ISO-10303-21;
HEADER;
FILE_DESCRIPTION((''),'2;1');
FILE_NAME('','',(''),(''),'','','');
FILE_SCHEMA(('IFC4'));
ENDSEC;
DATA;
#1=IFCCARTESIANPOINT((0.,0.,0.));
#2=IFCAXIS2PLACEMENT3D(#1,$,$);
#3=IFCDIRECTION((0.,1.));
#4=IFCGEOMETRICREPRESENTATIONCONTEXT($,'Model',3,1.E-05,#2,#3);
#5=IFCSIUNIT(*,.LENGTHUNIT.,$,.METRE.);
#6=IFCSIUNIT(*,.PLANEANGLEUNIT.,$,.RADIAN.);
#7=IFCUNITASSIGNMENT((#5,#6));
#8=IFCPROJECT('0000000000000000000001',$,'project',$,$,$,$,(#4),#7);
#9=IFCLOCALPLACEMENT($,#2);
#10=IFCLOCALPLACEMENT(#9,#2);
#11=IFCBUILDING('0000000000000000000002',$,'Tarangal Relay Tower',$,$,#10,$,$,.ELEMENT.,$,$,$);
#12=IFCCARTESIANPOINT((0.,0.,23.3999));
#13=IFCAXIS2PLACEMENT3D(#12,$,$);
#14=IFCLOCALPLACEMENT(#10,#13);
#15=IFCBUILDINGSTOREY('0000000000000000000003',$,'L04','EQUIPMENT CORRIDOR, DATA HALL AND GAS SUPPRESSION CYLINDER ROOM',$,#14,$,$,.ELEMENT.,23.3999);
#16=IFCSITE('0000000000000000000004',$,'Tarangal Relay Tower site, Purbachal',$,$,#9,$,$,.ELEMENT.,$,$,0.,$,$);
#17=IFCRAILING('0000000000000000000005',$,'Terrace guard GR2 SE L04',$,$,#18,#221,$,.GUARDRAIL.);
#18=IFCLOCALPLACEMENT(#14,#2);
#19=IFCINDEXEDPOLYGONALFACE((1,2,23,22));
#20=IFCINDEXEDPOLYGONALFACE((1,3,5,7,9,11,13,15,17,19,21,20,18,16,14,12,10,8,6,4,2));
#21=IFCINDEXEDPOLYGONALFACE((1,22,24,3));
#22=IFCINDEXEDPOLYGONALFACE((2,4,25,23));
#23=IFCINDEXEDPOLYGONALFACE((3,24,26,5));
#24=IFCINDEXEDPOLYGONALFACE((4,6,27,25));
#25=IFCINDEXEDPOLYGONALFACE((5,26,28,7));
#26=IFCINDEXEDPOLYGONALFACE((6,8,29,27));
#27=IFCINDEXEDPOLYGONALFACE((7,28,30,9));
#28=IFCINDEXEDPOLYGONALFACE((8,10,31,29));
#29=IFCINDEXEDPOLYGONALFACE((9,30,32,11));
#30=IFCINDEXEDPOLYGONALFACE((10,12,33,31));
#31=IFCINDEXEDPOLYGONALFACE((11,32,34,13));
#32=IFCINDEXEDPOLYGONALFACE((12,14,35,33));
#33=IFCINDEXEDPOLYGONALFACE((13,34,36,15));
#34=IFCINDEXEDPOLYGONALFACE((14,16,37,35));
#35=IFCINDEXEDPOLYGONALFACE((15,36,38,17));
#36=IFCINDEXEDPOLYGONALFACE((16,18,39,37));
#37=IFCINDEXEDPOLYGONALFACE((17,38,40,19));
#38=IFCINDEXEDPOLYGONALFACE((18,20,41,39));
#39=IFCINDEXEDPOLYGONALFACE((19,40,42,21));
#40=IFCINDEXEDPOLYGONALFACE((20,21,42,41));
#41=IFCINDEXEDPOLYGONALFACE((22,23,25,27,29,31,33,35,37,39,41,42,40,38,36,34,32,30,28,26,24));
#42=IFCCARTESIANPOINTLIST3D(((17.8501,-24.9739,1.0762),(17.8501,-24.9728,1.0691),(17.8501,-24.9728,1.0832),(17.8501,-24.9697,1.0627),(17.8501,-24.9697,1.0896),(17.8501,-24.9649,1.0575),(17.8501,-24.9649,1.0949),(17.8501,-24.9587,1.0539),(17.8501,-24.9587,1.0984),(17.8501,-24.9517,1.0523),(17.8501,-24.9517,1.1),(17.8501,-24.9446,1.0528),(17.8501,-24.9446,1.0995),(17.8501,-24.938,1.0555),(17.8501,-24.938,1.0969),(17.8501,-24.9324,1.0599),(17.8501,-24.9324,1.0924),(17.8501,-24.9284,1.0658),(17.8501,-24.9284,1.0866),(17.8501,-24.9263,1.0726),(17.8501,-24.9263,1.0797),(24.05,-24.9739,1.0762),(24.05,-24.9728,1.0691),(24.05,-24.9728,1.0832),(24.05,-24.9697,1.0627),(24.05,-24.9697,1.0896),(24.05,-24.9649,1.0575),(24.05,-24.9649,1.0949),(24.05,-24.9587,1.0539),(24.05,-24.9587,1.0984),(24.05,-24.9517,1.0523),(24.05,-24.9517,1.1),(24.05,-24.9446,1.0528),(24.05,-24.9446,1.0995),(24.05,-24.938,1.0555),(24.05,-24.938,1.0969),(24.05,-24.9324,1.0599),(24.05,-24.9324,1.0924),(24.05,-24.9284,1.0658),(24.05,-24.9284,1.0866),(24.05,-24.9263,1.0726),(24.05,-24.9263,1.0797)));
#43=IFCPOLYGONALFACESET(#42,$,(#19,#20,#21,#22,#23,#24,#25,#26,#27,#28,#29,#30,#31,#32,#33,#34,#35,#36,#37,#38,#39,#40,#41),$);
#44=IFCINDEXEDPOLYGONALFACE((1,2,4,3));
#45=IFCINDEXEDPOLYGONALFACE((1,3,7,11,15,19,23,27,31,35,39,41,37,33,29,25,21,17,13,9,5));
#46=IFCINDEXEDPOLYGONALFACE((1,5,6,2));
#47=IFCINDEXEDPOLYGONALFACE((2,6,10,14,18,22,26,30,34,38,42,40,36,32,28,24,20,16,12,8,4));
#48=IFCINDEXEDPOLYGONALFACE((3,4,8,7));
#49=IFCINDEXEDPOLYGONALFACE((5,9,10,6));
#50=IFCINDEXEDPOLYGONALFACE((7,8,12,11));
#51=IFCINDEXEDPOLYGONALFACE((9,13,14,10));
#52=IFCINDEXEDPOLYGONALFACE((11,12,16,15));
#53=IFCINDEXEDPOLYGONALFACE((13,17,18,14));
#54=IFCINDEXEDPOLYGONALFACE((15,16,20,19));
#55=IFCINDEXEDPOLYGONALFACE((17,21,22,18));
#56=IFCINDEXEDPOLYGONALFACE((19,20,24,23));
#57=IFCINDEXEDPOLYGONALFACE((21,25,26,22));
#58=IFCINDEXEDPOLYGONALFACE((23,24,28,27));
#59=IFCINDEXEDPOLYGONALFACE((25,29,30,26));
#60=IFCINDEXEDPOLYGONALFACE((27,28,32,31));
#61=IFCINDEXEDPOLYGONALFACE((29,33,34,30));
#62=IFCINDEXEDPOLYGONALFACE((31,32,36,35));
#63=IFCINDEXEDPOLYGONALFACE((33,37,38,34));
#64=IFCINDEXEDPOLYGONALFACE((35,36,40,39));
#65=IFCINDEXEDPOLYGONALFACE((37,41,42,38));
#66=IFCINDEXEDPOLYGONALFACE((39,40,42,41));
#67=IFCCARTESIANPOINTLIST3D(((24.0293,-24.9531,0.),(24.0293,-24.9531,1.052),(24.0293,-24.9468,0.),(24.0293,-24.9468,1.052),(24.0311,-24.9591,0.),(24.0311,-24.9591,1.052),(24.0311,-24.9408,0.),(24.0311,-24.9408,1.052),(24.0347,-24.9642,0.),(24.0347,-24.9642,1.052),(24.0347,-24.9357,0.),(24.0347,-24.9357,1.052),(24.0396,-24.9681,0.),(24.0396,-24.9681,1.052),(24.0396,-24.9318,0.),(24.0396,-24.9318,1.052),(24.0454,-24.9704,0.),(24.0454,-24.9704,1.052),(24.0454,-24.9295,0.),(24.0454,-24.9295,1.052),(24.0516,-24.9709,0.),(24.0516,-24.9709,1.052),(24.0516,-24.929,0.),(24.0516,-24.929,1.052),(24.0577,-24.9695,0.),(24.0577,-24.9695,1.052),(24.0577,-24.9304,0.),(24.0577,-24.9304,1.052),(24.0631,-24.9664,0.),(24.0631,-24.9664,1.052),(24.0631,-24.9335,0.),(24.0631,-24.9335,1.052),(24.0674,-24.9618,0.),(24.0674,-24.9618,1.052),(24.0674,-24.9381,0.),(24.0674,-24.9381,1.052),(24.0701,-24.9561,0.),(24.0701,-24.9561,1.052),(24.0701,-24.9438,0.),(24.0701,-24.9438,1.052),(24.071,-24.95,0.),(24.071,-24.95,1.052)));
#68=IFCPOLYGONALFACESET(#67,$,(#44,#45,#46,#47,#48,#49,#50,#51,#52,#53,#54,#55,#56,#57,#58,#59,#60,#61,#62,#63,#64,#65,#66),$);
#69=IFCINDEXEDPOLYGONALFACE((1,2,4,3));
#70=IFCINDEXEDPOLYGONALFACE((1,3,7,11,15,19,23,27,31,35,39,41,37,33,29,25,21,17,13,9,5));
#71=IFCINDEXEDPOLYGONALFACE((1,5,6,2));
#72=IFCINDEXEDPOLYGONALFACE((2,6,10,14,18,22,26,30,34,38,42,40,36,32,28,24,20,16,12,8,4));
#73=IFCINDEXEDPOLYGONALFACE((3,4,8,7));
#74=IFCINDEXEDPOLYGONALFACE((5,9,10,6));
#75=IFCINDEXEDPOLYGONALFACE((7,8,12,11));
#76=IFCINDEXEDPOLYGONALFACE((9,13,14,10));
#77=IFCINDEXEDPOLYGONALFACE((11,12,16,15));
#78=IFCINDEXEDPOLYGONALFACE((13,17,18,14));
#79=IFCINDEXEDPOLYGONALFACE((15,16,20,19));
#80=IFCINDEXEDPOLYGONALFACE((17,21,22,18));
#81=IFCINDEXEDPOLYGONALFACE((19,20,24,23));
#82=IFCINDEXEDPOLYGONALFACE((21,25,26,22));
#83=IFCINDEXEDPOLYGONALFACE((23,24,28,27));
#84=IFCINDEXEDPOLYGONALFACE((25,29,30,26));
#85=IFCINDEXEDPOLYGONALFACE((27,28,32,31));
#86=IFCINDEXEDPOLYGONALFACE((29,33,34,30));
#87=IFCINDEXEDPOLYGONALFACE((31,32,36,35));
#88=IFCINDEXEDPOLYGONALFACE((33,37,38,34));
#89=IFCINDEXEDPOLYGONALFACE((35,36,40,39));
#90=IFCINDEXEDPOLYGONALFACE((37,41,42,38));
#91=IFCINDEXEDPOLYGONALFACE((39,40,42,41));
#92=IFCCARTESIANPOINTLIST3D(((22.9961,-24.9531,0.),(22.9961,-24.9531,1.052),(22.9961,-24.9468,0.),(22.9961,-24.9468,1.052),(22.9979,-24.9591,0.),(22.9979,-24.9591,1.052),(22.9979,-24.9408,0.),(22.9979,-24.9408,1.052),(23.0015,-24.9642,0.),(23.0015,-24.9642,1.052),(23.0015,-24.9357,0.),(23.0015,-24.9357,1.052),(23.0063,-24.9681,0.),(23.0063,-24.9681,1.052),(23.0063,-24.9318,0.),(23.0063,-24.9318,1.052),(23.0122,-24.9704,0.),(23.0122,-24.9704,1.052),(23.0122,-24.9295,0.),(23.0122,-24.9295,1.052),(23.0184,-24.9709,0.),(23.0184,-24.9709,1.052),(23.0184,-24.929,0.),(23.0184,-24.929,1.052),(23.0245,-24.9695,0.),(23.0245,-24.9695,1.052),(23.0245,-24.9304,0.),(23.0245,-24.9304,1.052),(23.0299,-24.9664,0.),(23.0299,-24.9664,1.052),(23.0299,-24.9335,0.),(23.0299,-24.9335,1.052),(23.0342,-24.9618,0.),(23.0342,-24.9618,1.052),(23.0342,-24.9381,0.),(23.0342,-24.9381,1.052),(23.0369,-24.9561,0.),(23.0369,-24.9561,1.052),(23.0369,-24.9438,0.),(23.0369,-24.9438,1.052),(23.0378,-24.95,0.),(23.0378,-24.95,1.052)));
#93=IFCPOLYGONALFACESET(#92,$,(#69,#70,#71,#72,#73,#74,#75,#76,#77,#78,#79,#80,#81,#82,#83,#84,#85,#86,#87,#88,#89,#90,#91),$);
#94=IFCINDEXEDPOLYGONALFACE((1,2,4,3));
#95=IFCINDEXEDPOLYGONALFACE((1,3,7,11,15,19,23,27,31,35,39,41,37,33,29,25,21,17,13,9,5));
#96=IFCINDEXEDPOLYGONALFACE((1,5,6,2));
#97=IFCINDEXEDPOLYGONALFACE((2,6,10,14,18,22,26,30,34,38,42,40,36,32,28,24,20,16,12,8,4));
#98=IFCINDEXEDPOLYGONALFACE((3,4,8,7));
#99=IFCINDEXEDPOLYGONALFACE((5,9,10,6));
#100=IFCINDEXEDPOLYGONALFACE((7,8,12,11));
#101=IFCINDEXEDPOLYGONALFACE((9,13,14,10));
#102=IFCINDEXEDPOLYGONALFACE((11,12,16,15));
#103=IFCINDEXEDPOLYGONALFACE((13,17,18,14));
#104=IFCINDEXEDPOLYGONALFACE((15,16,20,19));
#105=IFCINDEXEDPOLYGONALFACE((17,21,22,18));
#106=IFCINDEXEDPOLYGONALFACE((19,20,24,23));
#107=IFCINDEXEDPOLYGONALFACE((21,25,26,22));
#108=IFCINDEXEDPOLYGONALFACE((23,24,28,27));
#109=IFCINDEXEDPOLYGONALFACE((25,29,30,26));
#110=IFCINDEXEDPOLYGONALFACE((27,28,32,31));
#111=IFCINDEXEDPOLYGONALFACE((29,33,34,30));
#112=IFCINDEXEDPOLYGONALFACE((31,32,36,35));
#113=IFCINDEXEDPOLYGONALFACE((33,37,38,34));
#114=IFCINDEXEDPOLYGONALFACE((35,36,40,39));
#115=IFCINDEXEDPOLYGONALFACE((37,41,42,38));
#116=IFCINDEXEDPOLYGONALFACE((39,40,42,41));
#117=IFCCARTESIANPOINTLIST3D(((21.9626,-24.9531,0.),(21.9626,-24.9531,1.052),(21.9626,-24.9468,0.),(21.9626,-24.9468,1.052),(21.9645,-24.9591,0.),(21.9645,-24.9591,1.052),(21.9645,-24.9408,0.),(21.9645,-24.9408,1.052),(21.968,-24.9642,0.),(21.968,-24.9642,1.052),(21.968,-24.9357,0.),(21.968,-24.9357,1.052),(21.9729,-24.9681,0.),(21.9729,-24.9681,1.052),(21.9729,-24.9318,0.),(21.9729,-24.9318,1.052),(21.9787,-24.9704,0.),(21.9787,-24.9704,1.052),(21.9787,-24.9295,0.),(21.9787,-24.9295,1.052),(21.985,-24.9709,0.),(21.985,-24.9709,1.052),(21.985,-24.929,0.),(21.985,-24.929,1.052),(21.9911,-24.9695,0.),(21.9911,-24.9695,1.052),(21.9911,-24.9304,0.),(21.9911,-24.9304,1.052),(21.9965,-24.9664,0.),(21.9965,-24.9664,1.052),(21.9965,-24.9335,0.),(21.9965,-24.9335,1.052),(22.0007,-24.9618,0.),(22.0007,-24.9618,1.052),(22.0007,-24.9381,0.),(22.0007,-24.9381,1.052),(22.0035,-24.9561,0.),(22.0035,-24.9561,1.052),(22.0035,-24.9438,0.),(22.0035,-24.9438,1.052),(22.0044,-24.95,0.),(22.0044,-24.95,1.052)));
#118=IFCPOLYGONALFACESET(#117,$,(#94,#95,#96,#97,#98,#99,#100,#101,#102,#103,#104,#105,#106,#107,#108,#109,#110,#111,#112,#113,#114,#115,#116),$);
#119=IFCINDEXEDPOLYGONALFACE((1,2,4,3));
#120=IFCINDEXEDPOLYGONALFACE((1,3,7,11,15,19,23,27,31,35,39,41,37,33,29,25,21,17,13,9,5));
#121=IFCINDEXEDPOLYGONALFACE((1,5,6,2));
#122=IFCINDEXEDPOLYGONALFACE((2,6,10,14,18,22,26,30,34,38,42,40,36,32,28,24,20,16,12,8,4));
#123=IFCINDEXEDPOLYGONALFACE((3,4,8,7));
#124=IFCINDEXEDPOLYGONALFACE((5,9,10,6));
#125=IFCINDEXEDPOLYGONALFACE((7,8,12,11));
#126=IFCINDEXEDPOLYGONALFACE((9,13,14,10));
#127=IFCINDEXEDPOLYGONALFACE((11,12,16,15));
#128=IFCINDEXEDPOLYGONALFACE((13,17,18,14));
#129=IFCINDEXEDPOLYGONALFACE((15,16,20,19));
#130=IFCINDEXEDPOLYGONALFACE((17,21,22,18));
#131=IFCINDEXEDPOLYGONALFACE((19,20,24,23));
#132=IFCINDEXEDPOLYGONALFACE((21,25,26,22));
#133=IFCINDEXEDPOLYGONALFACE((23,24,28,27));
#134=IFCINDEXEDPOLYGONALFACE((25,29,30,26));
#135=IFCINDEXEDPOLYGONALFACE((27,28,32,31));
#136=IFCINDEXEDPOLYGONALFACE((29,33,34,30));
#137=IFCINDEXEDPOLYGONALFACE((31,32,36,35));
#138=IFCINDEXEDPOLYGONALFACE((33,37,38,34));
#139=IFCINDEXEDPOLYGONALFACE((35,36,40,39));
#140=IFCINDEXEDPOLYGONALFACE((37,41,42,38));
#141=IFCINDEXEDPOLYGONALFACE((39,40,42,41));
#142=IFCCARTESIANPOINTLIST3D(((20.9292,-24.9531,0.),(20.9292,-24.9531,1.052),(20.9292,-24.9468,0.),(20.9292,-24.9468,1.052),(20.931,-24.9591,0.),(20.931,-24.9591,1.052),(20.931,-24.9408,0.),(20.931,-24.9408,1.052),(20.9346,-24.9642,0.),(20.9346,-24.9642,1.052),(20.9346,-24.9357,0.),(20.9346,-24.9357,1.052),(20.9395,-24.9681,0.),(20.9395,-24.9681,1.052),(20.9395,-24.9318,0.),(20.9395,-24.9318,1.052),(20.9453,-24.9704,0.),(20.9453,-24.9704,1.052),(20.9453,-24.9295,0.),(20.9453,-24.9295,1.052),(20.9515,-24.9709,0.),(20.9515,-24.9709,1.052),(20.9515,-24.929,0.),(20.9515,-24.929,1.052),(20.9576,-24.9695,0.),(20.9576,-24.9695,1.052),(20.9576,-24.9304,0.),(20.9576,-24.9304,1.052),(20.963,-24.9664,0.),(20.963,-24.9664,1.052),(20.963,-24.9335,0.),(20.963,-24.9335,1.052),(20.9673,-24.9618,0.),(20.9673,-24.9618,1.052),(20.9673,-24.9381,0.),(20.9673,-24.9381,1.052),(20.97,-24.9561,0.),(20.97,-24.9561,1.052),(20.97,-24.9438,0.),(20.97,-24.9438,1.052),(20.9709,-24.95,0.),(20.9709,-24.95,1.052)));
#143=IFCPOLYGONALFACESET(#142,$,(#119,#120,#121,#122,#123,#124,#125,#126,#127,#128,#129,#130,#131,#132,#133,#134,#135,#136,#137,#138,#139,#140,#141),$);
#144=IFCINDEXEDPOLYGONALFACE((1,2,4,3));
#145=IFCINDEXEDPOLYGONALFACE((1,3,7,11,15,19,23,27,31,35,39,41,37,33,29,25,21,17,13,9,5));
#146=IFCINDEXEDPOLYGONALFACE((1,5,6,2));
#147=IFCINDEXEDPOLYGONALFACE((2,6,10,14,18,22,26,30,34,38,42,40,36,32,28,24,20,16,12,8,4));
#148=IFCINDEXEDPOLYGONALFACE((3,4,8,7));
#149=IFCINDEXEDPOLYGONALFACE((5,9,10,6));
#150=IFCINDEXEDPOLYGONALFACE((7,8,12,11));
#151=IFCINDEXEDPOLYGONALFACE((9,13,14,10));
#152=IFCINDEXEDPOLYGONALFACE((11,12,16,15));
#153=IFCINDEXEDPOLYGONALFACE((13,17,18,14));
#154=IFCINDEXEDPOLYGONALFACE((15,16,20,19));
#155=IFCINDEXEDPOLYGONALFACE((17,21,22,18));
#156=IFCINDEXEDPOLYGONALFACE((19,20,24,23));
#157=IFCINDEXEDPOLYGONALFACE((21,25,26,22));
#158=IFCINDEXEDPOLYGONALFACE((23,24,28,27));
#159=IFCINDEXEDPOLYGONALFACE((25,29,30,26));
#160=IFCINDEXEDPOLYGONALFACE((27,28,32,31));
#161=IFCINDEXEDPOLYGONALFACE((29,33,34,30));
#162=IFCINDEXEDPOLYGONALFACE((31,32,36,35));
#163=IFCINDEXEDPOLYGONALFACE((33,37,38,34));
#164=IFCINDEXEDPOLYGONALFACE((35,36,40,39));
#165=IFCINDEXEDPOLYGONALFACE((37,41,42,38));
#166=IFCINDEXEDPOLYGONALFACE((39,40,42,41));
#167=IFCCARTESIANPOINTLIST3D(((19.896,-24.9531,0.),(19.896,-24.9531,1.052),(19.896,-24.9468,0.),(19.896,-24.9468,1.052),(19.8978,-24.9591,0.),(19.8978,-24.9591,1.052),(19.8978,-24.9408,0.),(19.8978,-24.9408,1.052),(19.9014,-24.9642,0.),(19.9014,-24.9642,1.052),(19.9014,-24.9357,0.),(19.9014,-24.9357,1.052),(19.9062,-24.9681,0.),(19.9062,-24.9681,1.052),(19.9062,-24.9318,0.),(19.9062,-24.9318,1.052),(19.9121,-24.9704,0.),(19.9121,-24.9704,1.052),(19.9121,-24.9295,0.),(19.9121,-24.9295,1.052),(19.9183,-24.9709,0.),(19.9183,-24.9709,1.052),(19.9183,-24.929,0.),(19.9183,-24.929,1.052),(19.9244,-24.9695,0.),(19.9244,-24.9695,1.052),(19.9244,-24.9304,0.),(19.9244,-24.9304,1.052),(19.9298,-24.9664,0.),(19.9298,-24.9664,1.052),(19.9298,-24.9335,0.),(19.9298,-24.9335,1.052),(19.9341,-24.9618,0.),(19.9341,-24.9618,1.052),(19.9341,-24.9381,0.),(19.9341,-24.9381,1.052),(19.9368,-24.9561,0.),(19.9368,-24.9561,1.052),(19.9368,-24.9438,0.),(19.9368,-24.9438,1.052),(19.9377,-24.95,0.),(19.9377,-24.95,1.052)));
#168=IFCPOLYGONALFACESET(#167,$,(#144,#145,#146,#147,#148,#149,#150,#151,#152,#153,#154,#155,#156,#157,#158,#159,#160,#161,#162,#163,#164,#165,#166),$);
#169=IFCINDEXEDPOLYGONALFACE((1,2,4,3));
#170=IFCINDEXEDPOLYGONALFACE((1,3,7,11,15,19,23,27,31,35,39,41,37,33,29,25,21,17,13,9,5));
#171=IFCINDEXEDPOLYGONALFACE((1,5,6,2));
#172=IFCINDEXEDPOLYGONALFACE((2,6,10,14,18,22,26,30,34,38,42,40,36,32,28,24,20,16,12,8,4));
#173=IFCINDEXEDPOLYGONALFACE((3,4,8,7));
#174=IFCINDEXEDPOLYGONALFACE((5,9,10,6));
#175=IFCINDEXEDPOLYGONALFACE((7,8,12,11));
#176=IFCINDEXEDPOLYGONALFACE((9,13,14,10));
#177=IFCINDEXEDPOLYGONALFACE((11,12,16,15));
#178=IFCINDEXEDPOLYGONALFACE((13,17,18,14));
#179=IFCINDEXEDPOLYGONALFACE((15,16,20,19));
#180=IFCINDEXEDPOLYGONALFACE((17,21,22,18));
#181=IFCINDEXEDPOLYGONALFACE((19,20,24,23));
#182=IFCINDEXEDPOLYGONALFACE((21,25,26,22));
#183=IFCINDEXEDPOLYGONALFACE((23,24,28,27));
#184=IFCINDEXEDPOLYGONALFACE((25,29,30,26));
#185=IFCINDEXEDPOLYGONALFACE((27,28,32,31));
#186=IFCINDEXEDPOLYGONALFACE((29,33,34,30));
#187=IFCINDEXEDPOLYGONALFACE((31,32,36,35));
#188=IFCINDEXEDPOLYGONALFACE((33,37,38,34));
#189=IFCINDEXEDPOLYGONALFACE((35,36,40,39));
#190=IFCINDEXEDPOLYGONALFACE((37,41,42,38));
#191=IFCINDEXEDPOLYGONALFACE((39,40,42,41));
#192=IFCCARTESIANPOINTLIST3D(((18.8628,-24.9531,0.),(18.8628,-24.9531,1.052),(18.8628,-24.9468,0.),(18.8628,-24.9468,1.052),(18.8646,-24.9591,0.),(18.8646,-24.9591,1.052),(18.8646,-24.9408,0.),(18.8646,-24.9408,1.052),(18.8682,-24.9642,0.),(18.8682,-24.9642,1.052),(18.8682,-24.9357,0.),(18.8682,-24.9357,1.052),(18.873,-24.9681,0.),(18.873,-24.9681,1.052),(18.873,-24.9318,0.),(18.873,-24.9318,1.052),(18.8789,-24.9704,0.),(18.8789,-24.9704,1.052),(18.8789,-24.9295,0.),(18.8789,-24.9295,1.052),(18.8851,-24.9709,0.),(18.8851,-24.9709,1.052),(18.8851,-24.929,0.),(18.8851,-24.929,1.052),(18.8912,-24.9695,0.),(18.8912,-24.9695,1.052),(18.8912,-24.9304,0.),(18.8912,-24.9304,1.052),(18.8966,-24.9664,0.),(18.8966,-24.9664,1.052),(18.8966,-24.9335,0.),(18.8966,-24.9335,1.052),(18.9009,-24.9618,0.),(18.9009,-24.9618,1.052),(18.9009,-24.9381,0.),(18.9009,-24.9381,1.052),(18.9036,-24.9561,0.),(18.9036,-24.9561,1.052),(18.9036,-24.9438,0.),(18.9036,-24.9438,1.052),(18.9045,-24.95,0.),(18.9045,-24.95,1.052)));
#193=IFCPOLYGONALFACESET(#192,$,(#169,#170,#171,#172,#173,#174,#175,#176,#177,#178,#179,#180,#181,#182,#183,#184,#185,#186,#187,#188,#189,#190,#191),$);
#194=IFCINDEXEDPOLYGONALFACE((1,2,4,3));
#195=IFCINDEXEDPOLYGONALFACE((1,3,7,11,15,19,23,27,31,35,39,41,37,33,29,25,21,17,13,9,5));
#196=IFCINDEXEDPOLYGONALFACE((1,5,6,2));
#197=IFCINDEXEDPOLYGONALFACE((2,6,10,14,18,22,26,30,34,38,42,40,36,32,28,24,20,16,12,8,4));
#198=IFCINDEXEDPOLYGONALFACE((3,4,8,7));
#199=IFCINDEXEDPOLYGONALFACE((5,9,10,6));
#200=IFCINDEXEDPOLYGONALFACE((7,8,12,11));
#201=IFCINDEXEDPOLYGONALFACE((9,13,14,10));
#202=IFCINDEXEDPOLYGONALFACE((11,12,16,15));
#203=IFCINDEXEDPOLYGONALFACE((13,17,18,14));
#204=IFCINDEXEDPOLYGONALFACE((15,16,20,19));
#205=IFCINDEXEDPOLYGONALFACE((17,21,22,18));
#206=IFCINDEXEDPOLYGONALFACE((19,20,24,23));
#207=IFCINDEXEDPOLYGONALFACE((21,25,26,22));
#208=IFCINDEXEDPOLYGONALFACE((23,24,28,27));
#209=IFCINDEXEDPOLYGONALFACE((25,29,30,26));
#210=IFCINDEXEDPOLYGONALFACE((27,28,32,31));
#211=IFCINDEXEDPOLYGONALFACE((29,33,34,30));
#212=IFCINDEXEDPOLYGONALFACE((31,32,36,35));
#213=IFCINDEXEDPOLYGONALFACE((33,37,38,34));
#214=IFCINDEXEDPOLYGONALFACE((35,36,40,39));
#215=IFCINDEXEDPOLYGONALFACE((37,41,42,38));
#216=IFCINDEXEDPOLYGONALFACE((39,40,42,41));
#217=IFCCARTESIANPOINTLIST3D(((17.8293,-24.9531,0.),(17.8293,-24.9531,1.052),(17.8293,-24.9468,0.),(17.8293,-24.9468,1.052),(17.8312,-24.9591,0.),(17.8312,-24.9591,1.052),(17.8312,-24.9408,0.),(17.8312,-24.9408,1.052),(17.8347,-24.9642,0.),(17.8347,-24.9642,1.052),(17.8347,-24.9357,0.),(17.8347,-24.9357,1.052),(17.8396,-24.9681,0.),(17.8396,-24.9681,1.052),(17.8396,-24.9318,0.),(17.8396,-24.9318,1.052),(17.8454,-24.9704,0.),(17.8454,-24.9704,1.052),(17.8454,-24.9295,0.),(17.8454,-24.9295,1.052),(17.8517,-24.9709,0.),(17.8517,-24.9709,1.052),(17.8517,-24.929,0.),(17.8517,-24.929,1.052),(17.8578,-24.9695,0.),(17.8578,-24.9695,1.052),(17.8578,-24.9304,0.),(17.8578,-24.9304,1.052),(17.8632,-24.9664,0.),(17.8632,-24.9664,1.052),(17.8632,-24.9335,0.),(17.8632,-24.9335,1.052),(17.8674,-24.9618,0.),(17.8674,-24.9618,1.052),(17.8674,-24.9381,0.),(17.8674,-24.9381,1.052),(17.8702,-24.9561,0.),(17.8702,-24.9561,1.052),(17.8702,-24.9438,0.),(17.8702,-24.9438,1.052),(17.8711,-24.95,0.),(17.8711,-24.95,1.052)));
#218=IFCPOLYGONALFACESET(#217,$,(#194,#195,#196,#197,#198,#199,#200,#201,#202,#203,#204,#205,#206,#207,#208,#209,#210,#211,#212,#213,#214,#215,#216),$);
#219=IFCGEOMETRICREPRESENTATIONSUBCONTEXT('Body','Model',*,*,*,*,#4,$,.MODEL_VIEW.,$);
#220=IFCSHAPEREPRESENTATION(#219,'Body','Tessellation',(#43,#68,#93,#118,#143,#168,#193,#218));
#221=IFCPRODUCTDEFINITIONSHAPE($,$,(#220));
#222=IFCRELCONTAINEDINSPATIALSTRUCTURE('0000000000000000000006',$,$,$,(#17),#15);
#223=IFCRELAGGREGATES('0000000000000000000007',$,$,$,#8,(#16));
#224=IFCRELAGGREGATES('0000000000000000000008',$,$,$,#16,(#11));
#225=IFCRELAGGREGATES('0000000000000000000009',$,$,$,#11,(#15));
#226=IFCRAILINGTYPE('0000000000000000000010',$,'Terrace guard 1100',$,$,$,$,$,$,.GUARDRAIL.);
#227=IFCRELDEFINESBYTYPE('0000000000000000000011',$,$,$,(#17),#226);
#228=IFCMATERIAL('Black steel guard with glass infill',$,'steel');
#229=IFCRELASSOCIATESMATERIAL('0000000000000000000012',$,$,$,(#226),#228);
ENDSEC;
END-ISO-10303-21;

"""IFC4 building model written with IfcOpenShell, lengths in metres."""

from ifc_helpers import new_model, si_unit, direction, frame, origin, origin_2d, place, context, subcontext, project, spatial, circle, extrude, material, type_object, element, save


model = new_model("IFC4")

# Units and contexts
model_context = context("Model", 3, precision=1e-05, world=origin(), true_north=direction((0.0, 1.0)))
body_context = subcontext(model_context, "Body", "Model", "MODEL_VIEW")
ifc_project = project(units=[si_unit("LENGTHUNIT", "METRE"), si_unit("PLANEANGLEUNIT", "RADIAN")], contexts=[model_context])

# Site, building, storey
site_placement = place(None, origin())
site = spatial("IfcSite", under=ifc_project, at=site_placement, Name="Tarangal Relay Tower site, Purbachal", CompositionType="ELEMENT", RefElevation=0.0)
building_placement = place(site_placement, origin())
building = spatial("IfcBuilding", under=site, at=building_placement, Name="Tarangal Relay Tower", CompositionType="ELEMENT")
storey_placement = place(building_placement, frame((0.0, 0.0, 23.3999)))
storey = spatial("IfcBuildingStorey", under=building, at=storey_placement, Name="L04", Description="EQUIPMENT CORRIDOR, DATA HALL AND GAS SUPPRESSION CYLINDER ROOM", CompositionType="ELEMENT", Elevation=23.3999)

# Railing
ifc_material_1 = material(Name="Black steel guard with glass infill", Category="steel")
railing_type = type_object("IfcRailingType", Name="Terrace guard 1100", PredefinedType="GUARDRAIL", material=ifc_material_1)
railing_placement = place(storey_placement, frame((24.05, -24.95, 0.0)))
element("IfcRailing", 1, at=railing_placement, inside=storey, type_object=railing_type, Name="Terrace guard GR2 SE L04", PredefinedType="GUARDRAIL", context=body_context, shape_type="SweptSolid", body=[
    extrude(circle(Radius=0.0239, at=origin_2d()), frame((0.0, 0.0, 1.0762), z_axis=(-1.0, 0.0, 0.0), x_axis=(0.0, -1.0, 0.0)), (0.0, 0.0, 1.0), 6.2),
    extrude(circle(Radius=0.021, at=origin_2d()), origin(), (0.0, 0.0, 1.0), 1.052),
    extrude(circle(Radius=0.021, at=origin_2d()), frame((-1.0332, 0.0, 0.0)), (0.0, 0.0, 1.0), 1.052),
    extrude(circle(Radius=0.021, at=origin_2d()), frame((-2.0667, 0.0, 0.0)), (0.0, 0.0, 1.0), 1.052),
    extrude(circle(Radius=0.021, at=origin_2d()), frame((-3.1001, 0.0, 0.0)), (0.0, 0.0, 1.0), 1.052),
    extrude(circle(Radius=0.021, at=origin_2d()), frame((-4.1333, 0.0, 0.0)), (0.0, 0.0, 1.0), 1.052),
    extrude(circle(Radius=0.021, at=origin_2d()), frame((-5.1665, 0.0, 0.0)), (0.0, 0.0, 1.0), 1.052),
    extrude(circle(Radius=0.021, at=origin_2d()), frame((-6.2, 0.0, 0.0)), (0.0, 0.0, 1.0), 1.052),
])

save(model, "model.ifc")
